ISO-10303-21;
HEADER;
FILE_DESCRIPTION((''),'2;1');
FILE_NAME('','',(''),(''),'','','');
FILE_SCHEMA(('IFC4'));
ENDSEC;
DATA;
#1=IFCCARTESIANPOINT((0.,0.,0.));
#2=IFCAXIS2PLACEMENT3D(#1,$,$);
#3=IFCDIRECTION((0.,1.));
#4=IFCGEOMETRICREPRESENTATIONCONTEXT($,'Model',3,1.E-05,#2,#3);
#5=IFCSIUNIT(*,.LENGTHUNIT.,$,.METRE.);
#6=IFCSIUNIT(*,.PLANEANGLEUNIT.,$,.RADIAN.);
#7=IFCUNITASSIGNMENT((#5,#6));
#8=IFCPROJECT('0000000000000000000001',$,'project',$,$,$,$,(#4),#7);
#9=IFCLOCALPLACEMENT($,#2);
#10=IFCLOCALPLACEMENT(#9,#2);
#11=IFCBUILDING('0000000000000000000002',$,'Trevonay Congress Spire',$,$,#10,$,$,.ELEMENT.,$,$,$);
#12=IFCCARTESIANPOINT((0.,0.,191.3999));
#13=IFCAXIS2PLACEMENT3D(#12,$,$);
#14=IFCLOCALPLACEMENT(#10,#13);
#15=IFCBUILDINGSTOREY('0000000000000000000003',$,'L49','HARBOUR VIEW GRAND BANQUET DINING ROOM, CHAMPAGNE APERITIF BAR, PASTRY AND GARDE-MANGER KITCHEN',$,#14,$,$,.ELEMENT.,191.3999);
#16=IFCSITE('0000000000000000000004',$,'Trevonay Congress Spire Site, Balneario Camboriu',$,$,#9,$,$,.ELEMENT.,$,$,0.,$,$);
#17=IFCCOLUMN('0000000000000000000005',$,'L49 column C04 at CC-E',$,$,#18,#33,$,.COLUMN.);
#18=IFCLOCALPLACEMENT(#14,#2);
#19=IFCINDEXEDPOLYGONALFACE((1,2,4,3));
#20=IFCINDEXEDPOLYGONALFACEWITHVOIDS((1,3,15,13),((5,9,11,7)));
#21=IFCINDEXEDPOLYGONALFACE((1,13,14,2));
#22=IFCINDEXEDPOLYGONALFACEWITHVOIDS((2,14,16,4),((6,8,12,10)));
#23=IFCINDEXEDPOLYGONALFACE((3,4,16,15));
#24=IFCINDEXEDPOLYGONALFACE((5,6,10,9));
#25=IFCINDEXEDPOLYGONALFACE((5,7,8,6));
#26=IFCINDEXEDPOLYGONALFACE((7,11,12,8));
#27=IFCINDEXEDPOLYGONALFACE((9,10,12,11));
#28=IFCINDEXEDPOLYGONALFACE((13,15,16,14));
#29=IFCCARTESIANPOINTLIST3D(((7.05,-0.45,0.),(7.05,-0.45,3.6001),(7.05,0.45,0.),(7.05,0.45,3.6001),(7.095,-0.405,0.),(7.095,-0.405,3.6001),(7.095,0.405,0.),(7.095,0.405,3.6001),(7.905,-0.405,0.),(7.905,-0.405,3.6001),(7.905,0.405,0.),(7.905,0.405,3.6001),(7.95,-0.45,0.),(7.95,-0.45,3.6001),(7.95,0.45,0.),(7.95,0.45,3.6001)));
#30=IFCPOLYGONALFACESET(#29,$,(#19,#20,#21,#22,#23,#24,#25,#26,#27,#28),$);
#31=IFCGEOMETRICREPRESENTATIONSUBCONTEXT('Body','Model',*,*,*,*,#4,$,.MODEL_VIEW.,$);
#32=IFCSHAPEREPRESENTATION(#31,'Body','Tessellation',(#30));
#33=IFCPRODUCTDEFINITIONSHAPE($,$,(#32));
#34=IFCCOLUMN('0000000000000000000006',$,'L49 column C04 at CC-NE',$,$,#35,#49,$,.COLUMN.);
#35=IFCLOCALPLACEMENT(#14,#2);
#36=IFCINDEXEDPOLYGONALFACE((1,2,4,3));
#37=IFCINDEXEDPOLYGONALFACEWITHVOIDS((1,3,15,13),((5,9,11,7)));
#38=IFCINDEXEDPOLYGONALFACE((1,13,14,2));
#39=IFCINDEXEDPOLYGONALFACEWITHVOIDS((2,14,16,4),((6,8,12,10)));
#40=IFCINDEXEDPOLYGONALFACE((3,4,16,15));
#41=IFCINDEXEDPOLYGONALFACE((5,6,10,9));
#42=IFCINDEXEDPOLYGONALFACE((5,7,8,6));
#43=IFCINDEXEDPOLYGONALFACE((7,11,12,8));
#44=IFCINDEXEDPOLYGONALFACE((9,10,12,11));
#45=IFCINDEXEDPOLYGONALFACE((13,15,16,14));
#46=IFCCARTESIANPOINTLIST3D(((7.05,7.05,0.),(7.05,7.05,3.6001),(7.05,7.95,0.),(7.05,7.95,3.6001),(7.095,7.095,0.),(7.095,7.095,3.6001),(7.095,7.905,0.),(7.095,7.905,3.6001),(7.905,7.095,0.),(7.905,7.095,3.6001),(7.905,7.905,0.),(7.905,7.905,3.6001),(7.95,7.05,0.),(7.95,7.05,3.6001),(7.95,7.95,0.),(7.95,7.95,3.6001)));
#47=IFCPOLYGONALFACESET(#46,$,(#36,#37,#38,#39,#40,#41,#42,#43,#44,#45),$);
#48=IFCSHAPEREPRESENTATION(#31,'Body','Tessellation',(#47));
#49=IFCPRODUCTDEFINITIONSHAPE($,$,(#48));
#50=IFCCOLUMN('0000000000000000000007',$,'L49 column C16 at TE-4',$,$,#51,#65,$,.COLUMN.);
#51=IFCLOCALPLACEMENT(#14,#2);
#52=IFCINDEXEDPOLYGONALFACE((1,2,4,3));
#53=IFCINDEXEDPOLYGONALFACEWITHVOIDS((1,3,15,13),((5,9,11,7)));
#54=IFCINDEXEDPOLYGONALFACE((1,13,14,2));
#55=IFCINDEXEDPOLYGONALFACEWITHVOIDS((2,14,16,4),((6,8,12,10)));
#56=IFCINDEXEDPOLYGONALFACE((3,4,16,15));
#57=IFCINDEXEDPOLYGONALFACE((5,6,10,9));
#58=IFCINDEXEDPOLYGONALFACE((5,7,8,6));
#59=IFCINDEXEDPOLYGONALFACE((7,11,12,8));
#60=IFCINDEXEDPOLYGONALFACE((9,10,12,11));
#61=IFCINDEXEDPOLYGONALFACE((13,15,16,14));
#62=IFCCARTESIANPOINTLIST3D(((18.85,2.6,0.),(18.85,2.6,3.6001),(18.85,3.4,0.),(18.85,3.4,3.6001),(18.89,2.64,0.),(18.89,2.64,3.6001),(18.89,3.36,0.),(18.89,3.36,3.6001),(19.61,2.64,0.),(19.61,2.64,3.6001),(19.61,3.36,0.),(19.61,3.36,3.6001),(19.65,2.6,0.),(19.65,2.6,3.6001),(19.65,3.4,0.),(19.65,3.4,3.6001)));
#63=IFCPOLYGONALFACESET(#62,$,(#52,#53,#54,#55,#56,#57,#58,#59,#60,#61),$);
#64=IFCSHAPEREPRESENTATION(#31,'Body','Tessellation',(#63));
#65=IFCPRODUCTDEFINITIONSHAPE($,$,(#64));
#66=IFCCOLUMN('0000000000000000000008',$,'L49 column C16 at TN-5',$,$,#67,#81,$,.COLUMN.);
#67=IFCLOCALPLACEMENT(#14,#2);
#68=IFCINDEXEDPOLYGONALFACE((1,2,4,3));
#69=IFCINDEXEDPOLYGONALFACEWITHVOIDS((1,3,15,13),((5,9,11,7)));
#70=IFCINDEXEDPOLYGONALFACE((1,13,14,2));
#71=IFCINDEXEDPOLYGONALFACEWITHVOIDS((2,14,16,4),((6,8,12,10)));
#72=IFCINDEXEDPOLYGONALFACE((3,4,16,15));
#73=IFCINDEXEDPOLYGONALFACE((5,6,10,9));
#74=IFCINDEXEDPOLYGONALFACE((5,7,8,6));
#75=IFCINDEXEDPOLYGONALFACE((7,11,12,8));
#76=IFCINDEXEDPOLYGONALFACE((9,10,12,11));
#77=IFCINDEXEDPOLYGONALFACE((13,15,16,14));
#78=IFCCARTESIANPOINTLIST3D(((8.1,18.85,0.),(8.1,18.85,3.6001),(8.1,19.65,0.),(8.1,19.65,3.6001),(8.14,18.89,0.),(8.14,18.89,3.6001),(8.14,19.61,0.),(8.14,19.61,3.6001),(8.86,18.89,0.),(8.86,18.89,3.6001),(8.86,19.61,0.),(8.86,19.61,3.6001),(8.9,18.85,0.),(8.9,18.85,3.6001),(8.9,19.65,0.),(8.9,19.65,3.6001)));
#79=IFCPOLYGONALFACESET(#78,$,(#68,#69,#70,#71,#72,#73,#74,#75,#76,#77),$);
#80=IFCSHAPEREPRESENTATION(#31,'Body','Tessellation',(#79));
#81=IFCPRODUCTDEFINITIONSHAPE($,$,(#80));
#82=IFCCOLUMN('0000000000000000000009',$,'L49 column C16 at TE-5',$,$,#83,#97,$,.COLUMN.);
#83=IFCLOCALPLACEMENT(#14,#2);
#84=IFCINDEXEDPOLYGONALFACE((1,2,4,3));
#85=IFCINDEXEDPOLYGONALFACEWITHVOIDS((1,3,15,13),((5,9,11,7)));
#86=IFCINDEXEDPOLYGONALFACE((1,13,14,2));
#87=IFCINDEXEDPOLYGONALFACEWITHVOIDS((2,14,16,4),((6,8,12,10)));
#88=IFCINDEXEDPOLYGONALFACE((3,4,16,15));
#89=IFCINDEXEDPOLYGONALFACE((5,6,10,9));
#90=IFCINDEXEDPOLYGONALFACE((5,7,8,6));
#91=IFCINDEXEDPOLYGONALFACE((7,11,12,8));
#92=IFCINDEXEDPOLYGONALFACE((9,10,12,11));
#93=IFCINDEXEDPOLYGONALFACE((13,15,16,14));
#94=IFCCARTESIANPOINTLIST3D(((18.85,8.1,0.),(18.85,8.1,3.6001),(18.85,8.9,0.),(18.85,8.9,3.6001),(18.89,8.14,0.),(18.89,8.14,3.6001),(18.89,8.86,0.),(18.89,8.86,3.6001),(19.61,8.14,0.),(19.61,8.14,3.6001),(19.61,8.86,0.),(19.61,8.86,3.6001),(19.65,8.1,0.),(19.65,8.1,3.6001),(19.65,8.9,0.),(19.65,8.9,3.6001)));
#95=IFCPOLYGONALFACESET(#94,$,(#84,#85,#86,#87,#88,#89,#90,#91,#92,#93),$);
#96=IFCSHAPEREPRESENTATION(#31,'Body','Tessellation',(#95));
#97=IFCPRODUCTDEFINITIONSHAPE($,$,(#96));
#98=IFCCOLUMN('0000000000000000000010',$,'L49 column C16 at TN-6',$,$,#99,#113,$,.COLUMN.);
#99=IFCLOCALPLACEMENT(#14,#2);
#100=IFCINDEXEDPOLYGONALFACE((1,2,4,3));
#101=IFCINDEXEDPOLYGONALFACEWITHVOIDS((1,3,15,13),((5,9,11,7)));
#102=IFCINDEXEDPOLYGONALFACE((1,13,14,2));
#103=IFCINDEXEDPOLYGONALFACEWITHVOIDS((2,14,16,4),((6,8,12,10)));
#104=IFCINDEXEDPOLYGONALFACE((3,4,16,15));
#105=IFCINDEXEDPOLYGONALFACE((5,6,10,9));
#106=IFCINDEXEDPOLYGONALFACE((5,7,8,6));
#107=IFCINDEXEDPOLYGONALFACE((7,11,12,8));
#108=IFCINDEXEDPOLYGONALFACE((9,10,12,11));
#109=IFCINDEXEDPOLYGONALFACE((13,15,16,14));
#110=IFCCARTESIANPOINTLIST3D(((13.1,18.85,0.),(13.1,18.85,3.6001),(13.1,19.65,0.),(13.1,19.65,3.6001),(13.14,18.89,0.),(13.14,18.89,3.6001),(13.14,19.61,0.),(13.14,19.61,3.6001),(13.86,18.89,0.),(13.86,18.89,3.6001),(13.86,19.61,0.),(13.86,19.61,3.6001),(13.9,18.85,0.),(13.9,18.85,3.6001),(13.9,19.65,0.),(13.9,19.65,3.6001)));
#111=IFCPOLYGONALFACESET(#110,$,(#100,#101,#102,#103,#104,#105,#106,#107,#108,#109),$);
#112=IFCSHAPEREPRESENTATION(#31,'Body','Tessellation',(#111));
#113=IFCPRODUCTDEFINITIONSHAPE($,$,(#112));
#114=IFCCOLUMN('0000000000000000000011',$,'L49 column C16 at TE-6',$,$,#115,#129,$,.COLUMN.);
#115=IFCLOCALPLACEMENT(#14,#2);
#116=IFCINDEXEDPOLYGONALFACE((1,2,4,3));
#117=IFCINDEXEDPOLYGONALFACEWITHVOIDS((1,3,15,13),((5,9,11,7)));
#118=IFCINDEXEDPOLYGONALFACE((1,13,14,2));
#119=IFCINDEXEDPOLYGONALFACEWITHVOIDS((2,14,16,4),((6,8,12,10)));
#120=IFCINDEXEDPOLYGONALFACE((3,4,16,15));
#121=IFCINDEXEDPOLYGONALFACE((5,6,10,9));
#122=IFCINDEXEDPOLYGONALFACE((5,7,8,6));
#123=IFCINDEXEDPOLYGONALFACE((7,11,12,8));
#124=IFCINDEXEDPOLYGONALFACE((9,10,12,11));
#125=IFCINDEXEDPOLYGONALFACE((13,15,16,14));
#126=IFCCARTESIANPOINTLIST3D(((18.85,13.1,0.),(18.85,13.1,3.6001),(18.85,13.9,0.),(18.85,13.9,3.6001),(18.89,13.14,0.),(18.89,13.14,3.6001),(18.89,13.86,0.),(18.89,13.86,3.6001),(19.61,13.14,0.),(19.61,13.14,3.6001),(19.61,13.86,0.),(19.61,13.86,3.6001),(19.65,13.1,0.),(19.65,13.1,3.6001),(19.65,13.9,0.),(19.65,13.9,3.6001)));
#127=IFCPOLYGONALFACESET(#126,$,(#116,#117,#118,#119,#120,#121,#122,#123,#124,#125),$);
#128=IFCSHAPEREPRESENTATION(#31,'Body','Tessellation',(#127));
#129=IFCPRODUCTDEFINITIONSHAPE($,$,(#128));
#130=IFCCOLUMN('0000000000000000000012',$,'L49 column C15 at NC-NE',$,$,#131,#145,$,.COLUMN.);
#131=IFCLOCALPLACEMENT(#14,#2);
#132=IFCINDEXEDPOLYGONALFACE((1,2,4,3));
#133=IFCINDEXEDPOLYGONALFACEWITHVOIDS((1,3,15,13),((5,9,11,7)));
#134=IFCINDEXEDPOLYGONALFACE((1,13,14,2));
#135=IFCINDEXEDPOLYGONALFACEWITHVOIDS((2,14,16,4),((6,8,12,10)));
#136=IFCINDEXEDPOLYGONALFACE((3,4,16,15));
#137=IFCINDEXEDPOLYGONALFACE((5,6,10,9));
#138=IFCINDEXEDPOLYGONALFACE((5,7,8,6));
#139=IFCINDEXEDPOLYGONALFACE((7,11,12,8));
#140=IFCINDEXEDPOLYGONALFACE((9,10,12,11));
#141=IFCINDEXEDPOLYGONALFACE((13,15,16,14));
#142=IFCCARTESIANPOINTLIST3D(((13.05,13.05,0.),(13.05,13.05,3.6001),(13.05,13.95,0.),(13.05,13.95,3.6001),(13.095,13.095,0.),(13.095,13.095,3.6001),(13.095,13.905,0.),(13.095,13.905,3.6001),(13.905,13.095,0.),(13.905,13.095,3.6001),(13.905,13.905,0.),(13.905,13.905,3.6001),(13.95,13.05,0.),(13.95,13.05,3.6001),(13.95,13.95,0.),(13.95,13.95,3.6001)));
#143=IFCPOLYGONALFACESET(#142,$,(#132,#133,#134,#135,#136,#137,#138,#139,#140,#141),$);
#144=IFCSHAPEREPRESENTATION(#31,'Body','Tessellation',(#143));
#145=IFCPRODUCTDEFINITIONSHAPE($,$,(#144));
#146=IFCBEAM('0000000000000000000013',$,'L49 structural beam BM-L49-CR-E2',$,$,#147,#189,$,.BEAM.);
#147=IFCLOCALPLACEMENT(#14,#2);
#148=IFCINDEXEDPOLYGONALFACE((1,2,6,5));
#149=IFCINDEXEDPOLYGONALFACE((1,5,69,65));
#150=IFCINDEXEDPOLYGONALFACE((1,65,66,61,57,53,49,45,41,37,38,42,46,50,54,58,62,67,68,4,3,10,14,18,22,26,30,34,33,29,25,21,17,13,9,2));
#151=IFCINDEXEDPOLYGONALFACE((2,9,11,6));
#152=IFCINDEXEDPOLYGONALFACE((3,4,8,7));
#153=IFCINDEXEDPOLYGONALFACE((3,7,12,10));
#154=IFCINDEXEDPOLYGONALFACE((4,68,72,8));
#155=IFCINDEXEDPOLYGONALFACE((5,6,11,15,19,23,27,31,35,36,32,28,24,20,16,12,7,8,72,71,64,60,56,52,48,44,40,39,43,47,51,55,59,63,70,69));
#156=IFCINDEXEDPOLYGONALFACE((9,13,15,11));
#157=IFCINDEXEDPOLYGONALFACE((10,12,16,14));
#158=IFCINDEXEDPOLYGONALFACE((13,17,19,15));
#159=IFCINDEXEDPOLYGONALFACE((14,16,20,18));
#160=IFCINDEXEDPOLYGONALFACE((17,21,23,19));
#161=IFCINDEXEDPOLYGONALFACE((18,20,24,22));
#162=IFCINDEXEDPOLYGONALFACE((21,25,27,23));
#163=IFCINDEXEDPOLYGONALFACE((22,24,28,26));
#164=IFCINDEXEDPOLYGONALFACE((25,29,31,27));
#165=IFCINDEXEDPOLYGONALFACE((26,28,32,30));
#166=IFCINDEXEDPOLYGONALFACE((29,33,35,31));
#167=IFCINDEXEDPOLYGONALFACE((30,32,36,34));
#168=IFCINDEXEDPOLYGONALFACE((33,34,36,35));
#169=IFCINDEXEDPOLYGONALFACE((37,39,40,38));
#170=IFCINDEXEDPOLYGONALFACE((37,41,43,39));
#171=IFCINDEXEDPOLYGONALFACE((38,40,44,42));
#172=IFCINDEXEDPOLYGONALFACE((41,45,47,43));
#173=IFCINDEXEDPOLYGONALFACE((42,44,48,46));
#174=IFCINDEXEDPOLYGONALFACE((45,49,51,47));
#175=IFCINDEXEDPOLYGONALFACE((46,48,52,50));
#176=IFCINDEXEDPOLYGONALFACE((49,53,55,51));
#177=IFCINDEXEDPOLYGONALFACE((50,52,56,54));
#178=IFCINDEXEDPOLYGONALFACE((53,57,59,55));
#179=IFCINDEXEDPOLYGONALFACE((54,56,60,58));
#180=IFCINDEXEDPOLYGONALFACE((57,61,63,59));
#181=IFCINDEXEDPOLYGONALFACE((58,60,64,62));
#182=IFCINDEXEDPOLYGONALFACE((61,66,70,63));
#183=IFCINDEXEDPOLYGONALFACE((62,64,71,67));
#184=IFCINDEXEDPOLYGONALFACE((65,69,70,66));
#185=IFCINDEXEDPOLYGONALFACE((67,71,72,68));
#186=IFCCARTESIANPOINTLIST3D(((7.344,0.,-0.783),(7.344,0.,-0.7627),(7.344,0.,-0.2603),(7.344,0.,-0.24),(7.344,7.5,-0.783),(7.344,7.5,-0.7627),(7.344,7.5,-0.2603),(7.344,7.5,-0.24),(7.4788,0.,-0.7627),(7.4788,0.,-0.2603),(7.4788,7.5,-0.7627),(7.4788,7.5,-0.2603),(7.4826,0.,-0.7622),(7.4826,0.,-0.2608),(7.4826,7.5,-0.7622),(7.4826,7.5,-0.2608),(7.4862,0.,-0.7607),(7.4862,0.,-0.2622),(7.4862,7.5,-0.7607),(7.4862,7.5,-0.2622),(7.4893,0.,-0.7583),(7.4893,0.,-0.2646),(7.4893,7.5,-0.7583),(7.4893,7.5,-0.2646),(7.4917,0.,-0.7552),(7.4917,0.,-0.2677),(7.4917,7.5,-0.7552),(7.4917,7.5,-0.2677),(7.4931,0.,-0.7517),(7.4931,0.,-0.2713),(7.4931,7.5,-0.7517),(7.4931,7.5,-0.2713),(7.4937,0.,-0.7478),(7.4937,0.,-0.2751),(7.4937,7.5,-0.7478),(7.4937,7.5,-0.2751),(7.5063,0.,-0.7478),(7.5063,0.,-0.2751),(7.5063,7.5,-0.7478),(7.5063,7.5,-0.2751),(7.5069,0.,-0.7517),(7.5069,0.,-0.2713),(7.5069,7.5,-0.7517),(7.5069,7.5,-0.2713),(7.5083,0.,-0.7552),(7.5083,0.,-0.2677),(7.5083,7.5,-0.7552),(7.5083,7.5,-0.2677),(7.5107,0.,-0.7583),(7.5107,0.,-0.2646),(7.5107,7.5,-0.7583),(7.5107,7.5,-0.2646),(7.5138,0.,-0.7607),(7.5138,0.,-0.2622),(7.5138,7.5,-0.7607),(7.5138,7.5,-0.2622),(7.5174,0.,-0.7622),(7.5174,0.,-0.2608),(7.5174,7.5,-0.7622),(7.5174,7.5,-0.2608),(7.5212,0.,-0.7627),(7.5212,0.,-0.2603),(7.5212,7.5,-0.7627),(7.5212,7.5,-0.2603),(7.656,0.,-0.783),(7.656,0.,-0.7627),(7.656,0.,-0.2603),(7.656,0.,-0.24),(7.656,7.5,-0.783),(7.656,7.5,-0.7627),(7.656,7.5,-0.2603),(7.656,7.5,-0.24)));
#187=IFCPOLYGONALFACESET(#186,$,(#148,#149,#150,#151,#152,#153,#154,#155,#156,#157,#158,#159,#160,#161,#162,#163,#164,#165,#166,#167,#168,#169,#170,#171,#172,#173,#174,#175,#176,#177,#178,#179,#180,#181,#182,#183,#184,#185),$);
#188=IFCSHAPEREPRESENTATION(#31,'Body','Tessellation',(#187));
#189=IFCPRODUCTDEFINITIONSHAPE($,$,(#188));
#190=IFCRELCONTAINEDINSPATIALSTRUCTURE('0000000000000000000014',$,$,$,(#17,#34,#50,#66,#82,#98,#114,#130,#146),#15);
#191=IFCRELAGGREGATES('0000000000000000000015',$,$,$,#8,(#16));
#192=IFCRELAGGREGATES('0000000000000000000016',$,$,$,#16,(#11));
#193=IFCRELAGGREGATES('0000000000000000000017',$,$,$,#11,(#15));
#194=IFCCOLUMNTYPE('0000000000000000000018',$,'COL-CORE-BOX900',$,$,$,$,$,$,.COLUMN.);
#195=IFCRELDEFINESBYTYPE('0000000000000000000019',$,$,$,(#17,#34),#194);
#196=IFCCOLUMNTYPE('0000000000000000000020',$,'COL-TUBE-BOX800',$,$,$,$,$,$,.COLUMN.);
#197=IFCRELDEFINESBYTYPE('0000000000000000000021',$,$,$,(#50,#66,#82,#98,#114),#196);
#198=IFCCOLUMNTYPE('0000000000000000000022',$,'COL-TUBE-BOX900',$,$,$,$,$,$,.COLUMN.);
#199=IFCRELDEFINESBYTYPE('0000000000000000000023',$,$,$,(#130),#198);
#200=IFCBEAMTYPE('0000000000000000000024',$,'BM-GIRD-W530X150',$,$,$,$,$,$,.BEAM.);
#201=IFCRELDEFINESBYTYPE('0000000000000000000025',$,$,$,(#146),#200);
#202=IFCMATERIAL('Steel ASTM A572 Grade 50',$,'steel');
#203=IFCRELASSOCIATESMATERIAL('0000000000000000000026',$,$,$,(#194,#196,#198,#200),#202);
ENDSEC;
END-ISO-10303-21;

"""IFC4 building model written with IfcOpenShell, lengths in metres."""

from ifc_helpers import new_model, si_unit, direction, frame, origin, origin_2d, place, context, subcontext, project, spatial, hollow_rectangle, i_section, extrude, material, material_profile, profile_set, type_object, element, save


model = new_model("IFC4")

# Units and contexts
model_context = context("Model", 3, precision=1e-05, world=origin(), true_north=direction((0.0, 1.0)))
body_context = subcontext(model_context, "Body", "Model", "MODEL_VIEW")
ifc_project = project(units=[si_unit("LENGTHUNIT", "METRE"), si_unit("PLANEANGLEUNIT", "RADIAN")], contexts=[model_context])

# Site, building, storey
site_placement = place(None, origin())
site = spatial("IfcSite", under=ifc_project, at=site_placement, Name="Trevonay Congress Spire Site, Balneario Camboriu", CompositionType="ELEMENT", RefElevation=0.0)
building_placement = place(site_placement, origin())
building = spatial("IfcBuilding", under=site, at=building_placement, Name="Trevonay Congress Spire", CompositionType="ELEMENT")
storey_placement = place(building_placement, frame((0.0, 0.0, 191.3999)))
storey = spatial("IfcBuildingStorey", under=building, at=storey_placement, Name="L49", Description="HARBOUR VIEW GRAND BANQUET DINING ROOM, CHAMPAGNE APERITIF BAR, PASTRY AND GARDE-MANGER KITCHEN", CompositionType="ELEMENT", Elevation=191.3999)

# Columns
ifc_material_1 = material(Name="Steel ASTM A572 Grade 50", Category="steel")
ifc_material_profile_1 = material_profile(ifc_material_1, hollow_rectangle(XDim=0.8999, YDim=0.8999, WallThickness=0.0449, at=origin_2d()), Name="BOX 900x900x45")
ifc_profile_set_1 = profile_set([ifc_material_profile_1], Name="Steel ASTM A572 Grade 50")
column_type_1 = type_object("IfcColumnType", Name="COL-CORE-BOX900", PredefinedType="COLUMN", material=ifc_profile_set_1)
for number, where, z_axis, x_axis, name in (
    (1, (7.5, 0.0, 0.0), (0.0, 0.0, 1.0), (1.0, 0.0, 0.0), "L49 column C04 at CC-E"),
    (2, (7.5, 7.5, 0.0), (0.0, 0.0, 1.0), (1.0, 0.0, 0.0), "L49 column C04 at CC-NE"),
):
    element("IfcColumn", number, at=place(storey_placement, frame(where, z_axis=z_axis, x_axis=x_axis)), inside=storey, type_object=column_type_1, Name=name, PredefinedType="COLUMN", context=body_context, shape_type="SweptSolid", body=[
        extrude(hollow_rectangle(XDim=0.8999, YDim=0.8999, WallThickness=0.0449, at=origin_2d()), origin(), (0.0, 0.0, 1.0), 3.6001),
    ])
ifc_material_profile_2 = material_profile(ifc_material_1, hollow_rectangle(XDim=0.8, YDim=0.8, WallThickness=0.04, at=origin_2d()), Name="BOX 800x800x40")
ifc_profile_set_2 = profile_set([ifc_material_profile_2], Name="Steel ASTM A572 Grade 50")
column_type_2 = type_object("IfcColumnType", Name="COL-TUBE-BOX800", PredefinedType="COLUMN", material=ifc_profile_set_2)
for number, where, z_axis, x_axis, name in (
    (3, (19.25, 3.0, 0.0), (0.0, 0.0, 1.0), (1.0, 0.0, 0.0), "L49 column C16 at TE-4"),
    (4, (8.5, 19.25, 0.0), (0.0, 0.0, 1.0), (1.0, 0.0, 0.0), "L49 column C16 at TN-5"),
    (5, (19.25, 8.5, 0.0), (0.0, 0.0, 1.0), (1.0, 0.0, 0.0), "L49 column C16 at TE-5"),
    (6, (13.5, 19.25, 0.0), (0.0, 0.0, 1.0), (1.0, 0.0, 0.0), "L49 column C16 at TN-6"),
    (7, (19.25, 13.5, 0.0), (0.0, 0.0, 1.0), (1.0, 0.0, 0.0), "L49 column C16 at TE-6"),
):
    element("IfcColumn", number, at=place(storey_placement, frame(where, z_axis=z_axis, x_axis=x_axis)), inside=storey, type_object=column_type_2, Name=name, PredefinedType="COLUMN", context=body_context, shape_type="SweptSolid", body=[
        extrude(hollow_rectangle(XDim=0.8, YDim=0.8, WallThickness=0.04, at=origin_2d()), origin(), (0.0, 0.0, 1.0), 3.6001),
    ])
ifc_material_profile_3 = material_profile(ifc_material_1, hollow_rectangle(XDim=0.8999, YDim=0.8999, WallThickness=0.0449, at=origin_2d()), Name="BOX 900x900x45")
ifc_profile_set_3 = profile_set([ifc_material_profile_3], Name="Steel ASTM A572 Grade 50")
column_type_3 = type_object("IfcColumnType", Name="COL-TUBE-BOX900", PredefinedType="COLUMN", material=ifc_profile_set_3)
column_placement = place(storey_placement, frame((13.5, 13.5, 0.0), z_axis=(0.0, 0.0, 1.0), x_axis=(1.0, 0.0, 0.0)))
element("IfcColumn", 8, at=column_placement, inside=storey, type_object=column_type_3, Name="L49 column C15 at NC-NE", PredefinedType="COLUMN", context=body_context, shape_type="SweptSolid", body=[
    extrude(hollow_rectangle(XDim=0.8999, YDim=0.8999, WallThickness=0.0449, at=origin_2d()), origin(), (0.0, 0.0, 1.0), 3.6001),
])

# Beam
ifc_material_profile_4 = material_profile(ifc_material_1, i_section(OverallWidth=0.312, OverallDepth=0.543, WebThickness=0.0127, FlangeThickness=0.0203, FilletRadius=0.0149, at=origin_2d()), Name="W530x150")
ifc_profile_set_4 = profile_set([ifc_material_profile_4], Name="Steel ASTM A572 Grade 50")
beam_type_1 = type_object("IfcBeamType", Name="BM-GIRD-W530X150", PredefinedType="BEAM", material=ifc_profile_set_4)
beam_1_placement = place(storey_placement, frame((7.5, 0.0, -0.5115), z_axis=(0.0, 1.0, 0.0), x_axis=(-1.0, 0.0, 0.0)))
element("IfcBeam", 9, at=beam_1_placement, inside=storey, type_object=beam_type_1, Name="L49 structural beam BM-L49-CR-E2", PredefinedType="BEAM", context=body_context, shape_type="SweptSolid", body=[
    extrude(i_section(OverallWidth=0.312, OverallDepth=0.543, WebThickness=0.0127, FlangeThickness=0.0203, FilletRadius=0.0149, at=origin_2d()), origin(), (0.0, 0.0, 1.0), 7.5),
])

save(model, "model.ifc")
